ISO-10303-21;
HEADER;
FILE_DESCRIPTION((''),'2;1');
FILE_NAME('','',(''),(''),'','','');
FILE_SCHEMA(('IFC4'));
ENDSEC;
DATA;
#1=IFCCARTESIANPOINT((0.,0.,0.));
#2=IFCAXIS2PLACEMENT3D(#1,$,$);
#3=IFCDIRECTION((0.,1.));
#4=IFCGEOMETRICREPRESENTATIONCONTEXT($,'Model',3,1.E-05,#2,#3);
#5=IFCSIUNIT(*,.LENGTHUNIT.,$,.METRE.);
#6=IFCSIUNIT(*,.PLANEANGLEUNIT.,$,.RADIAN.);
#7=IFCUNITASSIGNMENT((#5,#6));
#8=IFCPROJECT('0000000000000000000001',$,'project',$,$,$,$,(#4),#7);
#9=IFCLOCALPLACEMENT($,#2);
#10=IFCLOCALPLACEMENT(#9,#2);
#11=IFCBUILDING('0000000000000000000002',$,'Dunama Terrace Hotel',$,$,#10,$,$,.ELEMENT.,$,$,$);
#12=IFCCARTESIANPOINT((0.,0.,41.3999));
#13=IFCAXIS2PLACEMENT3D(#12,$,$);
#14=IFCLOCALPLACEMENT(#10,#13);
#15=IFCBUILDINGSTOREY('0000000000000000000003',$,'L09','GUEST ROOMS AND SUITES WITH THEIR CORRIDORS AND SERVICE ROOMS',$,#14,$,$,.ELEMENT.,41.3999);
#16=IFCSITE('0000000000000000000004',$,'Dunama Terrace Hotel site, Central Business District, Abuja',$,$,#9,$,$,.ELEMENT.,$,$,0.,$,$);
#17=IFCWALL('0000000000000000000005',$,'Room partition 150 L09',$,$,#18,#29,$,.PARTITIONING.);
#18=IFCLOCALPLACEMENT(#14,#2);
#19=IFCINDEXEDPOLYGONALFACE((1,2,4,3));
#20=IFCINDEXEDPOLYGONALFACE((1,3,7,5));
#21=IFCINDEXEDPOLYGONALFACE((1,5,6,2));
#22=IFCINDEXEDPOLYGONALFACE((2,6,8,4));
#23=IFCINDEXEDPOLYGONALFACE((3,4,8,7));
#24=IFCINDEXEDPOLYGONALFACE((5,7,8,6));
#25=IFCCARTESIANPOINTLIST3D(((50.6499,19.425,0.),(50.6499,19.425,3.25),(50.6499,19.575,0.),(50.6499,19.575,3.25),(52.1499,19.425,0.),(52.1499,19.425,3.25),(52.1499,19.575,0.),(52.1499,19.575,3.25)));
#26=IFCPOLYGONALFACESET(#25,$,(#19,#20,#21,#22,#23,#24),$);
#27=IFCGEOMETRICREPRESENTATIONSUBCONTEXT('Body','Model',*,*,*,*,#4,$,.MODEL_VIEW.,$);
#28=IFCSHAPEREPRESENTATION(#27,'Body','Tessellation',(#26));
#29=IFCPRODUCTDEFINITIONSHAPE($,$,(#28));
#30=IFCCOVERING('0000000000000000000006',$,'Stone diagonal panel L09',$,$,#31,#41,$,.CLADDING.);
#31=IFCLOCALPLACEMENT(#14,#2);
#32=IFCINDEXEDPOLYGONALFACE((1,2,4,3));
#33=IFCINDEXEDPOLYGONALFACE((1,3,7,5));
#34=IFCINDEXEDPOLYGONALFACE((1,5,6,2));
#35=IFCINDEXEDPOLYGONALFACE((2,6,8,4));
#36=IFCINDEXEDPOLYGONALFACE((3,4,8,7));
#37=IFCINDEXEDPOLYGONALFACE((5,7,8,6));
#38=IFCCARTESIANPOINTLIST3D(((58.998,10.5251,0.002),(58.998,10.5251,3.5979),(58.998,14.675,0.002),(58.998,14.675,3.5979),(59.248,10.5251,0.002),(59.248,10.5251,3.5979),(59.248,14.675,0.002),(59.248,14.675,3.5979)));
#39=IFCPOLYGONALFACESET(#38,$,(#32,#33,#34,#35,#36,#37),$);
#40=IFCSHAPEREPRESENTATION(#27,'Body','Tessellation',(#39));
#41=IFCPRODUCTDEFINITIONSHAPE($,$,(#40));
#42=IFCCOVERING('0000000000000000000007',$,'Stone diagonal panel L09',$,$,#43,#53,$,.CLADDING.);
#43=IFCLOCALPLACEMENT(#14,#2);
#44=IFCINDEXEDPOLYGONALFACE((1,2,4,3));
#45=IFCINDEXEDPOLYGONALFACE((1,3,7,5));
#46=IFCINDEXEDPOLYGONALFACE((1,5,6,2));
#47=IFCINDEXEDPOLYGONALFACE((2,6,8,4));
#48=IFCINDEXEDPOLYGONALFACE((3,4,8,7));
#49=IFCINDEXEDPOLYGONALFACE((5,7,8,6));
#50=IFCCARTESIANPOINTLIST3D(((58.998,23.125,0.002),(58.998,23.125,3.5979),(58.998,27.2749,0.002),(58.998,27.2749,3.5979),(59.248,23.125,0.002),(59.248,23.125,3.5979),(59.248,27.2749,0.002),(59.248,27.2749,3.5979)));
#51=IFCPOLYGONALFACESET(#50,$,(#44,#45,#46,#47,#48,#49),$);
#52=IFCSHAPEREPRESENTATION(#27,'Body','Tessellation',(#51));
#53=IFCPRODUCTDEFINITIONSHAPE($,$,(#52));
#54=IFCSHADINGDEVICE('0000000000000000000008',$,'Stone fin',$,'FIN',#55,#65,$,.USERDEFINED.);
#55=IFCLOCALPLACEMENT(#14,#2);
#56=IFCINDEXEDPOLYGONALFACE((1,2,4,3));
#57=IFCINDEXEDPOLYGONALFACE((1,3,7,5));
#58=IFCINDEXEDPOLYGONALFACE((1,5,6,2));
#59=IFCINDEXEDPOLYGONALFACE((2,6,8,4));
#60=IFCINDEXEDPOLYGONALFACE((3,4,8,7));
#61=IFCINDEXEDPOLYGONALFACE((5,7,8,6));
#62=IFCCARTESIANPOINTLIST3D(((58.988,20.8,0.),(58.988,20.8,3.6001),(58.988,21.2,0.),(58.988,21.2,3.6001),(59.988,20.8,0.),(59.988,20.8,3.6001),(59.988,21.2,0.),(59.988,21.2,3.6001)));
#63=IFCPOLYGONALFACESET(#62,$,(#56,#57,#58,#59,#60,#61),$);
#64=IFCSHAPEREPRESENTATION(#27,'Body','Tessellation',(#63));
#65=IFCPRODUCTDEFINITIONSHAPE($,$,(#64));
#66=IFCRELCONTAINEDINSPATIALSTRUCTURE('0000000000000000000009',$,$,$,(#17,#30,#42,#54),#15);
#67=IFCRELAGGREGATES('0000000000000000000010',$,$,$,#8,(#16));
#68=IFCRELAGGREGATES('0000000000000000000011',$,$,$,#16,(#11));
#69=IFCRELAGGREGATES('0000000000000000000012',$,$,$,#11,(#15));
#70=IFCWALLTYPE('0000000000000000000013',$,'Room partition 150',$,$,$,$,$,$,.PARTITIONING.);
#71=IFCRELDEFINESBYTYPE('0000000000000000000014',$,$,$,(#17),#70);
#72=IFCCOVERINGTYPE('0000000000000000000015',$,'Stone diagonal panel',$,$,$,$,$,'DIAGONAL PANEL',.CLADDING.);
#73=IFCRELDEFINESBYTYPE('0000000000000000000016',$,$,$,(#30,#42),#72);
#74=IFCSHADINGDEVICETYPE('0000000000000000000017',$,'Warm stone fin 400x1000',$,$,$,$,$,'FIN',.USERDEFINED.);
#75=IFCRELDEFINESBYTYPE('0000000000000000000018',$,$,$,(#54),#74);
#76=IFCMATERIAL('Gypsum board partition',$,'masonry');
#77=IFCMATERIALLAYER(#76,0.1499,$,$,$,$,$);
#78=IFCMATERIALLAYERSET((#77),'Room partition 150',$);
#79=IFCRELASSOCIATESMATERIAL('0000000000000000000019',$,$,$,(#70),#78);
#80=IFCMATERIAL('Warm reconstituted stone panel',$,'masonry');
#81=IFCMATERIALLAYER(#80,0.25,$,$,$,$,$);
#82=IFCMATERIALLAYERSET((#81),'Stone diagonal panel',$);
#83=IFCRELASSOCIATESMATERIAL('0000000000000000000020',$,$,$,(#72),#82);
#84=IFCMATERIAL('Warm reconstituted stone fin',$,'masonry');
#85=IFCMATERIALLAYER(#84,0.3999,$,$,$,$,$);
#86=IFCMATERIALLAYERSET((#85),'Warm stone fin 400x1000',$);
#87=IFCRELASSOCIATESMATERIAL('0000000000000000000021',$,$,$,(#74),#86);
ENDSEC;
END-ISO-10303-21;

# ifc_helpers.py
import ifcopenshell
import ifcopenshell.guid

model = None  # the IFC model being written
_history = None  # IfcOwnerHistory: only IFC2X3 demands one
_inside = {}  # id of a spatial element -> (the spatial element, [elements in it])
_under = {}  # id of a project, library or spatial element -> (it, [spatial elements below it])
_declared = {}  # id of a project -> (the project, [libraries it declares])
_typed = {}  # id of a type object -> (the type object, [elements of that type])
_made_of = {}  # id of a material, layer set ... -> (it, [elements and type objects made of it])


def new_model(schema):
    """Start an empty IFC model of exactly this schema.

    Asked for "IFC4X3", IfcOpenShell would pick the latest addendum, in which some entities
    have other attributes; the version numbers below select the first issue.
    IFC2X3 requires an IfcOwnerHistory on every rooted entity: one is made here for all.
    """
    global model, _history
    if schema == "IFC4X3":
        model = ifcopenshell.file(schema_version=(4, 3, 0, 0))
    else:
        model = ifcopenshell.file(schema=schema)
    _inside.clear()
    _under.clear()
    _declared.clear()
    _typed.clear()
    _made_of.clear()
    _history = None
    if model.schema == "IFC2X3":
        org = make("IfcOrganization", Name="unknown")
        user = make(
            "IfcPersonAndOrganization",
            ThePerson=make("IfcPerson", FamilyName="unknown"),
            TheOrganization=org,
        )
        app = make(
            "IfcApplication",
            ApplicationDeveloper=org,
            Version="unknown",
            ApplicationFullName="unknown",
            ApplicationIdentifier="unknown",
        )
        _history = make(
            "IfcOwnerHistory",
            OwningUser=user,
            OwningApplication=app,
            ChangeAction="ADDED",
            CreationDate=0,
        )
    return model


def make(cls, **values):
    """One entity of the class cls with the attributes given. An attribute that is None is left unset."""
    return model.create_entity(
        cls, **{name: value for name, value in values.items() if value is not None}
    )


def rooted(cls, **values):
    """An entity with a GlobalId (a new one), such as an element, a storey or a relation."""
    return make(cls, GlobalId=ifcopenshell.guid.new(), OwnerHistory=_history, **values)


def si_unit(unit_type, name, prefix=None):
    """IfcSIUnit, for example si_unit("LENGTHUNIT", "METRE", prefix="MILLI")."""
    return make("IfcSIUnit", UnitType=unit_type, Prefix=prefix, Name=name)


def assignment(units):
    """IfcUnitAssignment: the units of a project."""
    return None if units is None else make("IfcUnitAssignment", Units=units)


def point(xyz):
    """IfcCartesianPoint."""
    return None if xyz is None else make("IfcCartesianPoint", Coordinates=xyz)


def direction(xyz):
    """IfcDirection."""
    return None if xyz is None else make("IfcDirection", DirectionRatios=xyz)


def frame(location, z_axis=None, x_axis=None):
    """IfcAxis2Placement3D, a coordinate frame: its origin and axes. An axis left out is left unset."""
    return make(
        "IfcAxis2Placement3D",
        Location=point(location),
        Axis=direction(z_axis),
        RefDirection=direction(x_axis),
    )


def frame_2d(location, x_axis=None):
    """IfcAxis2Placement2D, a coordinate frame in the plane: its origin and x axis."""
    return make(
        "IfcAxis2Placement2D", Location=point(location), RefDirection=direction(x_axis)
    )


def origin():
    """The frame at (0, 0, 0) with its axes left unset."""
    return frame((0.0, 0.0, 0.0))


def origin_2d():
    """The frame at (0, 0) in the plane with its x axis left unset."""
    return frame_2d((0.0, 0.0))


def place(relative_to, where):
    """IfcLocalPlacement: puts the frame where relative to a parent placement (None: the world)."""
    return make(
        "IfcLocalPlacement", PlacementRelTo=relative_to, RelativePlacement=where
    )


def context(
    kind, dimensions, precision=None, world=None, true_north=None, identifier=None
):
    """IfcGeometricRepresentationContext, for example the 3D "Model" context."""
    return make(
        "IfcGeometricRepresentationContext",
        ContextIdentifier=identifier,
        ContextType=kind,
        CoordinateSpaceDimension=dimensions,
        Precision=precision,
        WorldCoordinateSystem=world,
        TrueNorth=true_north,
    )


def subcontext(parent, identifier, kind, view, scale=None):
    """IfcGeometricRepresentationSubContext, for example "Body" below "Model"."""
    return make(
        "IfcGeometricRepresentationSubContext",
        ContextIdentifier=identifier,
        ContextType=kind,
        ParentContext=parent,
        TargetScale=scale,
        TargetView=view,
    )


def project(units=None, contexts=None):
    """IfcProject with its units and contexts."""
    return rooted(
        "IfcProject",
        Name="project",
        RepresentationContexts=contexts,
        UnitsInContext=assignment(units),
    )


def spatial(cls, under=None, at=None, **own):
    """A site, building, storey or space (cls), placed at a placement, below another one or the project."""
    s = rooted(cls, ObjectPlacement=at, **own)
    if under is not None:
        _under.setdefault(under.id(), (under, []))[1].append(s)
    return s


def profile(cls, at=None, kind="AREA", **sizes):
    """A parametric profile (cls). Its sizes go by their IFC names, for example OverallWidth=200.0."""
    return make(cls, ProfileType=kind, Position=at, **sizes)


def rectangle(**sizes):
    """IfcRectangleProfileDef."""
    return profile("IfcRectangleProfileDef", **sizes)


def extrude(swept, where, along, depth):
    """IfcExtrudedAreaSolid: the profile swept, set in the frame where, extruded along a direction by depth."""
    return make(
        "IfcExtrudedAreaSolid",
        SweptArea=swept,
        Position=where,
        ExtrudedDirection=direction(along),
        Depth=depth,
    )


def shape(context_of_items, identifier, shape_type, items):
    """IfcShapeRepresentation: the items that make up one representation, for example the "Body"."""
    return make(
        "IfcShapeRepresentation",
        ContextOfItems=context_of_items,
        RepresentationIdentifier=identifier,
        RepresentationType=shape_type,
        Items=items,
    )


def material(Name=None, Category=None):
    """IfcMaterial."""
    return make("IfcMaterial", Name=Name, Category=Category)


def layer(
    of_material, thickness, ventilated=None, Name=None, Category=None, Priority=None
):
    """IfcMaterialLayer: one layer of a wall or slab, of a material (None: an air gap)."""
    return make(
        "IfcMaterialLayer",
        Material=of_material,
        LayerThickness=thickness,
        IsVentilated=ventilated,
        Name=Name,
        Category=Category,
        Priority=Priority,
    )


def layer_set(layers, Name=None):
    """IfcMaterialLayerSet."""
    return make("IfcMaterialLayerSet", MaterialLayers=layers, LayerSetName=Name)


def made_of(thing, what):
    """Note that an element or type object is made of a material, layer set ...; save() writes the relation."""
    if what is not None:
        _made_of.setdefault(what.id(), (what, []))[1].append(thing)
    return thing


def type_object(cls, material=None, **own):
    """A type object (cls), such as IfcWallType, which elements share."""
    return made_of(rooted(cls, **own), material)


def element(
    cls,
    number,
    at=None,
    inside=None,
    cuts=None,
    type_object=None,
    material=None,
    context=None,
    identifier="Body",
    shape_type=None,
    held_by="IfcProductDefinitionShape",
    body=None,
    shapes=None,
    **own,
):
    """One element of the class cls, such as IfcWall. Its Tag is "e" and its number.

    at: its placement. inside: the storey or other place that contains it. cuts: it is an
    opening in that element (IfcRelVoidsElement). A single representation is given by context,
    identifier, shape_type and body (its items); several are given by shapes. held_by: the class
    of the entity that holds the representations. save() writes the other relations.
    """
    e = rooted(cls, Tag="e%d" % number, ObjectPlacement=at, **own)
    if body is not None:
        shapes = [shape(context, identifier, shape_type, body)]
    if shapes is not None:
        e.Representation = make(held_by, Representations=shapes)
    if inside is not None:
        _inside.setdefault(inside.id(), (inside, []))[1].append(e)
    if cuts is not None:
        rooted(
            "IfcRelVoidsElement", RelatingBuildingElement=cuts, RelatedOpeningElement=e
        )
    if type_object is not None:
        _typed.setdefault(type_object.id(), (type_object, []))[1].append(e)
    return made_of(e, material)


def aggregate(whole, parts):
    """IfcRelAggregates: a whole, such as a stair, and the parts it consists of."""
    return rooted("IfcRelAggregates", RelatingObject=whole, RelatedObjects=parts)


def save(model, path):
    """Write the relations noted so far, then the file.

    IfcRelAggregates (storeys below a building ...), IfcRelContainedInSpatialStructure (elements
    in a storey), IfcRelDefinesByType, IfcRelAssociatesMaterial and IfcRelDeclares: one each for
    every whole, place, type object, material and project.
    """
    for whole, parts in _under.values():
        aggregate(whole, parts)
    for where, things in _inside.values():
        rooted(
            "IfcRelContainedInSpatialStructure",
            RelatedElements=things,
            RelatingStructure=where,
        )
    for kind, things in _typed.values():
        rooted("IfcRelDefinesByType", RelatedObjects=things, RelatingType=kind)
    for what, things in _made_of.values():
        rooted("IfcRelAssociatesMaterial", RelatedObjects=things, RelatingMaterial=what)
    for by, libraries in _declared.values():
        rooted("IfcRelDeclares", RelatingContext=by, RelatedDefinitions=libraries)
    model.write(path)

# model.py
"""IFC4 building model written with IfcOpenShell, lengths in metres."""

from ifc_helpers import new_model, si_unit, direction, frame, frame_2d, origin, origin_2d, place, context, subcontext, project, spatial, rectangle, extrude, material, layer, layer_set, type_object, element, save


model = new_model("IFC4")

# Units and contexts
model_context = context("Model", 3, precision=1e-05, world=origin(), true_north=direction((0.0, 1.0)))
body_context = subcontext(model_context, "Body", "Model", "MODEL_VIEW")
ifc_project = project(units=[si_unit("LENGTHUNIT", "METRE"), si_unit("PLANEANGLEUNIT", "RADIAN")], contexts=[model_context])

# Site, building, storey
site_placement = place(None, origin())
site = spatial("IfcSite", under=ifc_project, at=site_placement, Name="Dunama Terrace Hotel site, Central Business District, Abuja", CompositionType="ELEMENT", RefElevation=0.0)
building_placement = place(site_placement, origin())
building = spatial("IfcBuilding", under=site, at=building_placement, Name="Dunama Terrace Hotel", CompositionType="ELEMENT")
storey_placement = place(building_placement, frame((0.0, 0.0, 41.3999)))
storey = spatial("IfcBuildingStorey", under=building, at=storey_placement, Name="L09", Description="GUEST ROOMS AND SUITES WITH THEIR CORRIDORS AND SERVICE ROOMS", CompositionType="ELEMENT", Elevation=41.3999)

# Shared definitions
ifc_material_1 = material(Name="Gypsum board partition", Category="masonry")
ifc_layer_1 = layer(ifc_material_1, 0.1499)
ifc_layer_set_1 = layer_set([ifc_layer_1], Name="Room partition 150")
wall_type_1 = type_object("IfcWallType", Name="Room partition 150", PredefinedType="PARTITIONING", material=ifc_layer_set_1)

# Wall
wall_1_placement = place(storey_placement, frame((50.6499, 19.5, 0.0), z_axis=(0.0, 0.0, 1.0), x_axis=(1.0, 0.0, 0.0)))
element("IfcWall", 1, at=wall_1_placement, inside=storey, type_object=wall_type_1, Name="Room partition 150 L09", PredefinedType="PARTITIONING", context=body_context, shape_type="SweptSolid", body=[
    extrude(rectangle(XDim=1.5, YDim=0.1499, at=frame_2d((0.75, 0.0))), origin(), (0.0, 0.0, 1.0), 3.25),
])

# Coverings
ifc_material_2 = material(Name="Warm reconstituted stone panel", Category="masonry")
ifc_layer_2 = layer(ifc_material_2, 0.25)
ifc_layer_set_2 = layer_set([ifc_layer_2], Name="Stone diagonal panel")
covering_type = type_object("IfcCoveringType", Name="Stone diagonal panel", ElementType="DIAGONAL PANEL", PredefinedType="CLADDING", material=ifc_layer_set_2)
for number, where, z_axis, x_axis, name in (
    (2, (59.123, 12.6001, 0.002), (0.0, 0.0, 1.0), (0.0, 1.0, 0.0), "Stone diagonal panel L09"),
    (3, (59.123, 25.2, 0.002), (0.0, 0.0, 1.0), (0.0, 1.0, 0.0), "Stone diagonal panel L09"),
):
    element("IfcCovering", number, at=place(storey_placement, frame(where, z_axis=z_axis, x_axis=x_axis)), inside=storey, type_object=covering_type, Name=name, PredefinedType="CLADDING", context=body_context, shape_type="SweptSolid", body=[
        extrude(rectangle(XDim=4.1499, YDim=0.25, at=origin_2d()), origin(), (0.0, 0.0, 1.0), 3.5959),
    ])

# Shading device
ifc_material_3 = material(Name="Warm reconstituted stone fin", Category="masonry")
ifc_layer_3 = layer(ifc_material_3, 0.3999)
ifc_layer_set_3 = layer_set([ifc_layer_3], Name="Warm stone fin 400x1000")
shading_device_type = type_object("IfcShadingDeviceType", Name="Warm stone fin 400x1000", ElementType="FIN", PredefinedType="USERDEFINED", material=ifc_layer_set_3)
shading_device_placement = place(storey_placement, frame((59.488, 21.0, 0.0), z_axis=(0.0, 0.0, 1.0), x_axis=(0.0, 1.0, 0.0)))
element("IfcShadingDevice", 4, at=shading_device_placement, inside=storey, type_object=shading_device_type, Name="Stone fin", ObjectType="FIN", PredefinedType="USERDEFINED", context=body_context, shape_type="SweptSolid", body=[
    extrude(rectangle(XDim=0.3999, YDim=1.0, at=origin_2d()), origin(), (0.0, 0.0, 1.0), 3.6001),
])

save(model, "model.ifc")
